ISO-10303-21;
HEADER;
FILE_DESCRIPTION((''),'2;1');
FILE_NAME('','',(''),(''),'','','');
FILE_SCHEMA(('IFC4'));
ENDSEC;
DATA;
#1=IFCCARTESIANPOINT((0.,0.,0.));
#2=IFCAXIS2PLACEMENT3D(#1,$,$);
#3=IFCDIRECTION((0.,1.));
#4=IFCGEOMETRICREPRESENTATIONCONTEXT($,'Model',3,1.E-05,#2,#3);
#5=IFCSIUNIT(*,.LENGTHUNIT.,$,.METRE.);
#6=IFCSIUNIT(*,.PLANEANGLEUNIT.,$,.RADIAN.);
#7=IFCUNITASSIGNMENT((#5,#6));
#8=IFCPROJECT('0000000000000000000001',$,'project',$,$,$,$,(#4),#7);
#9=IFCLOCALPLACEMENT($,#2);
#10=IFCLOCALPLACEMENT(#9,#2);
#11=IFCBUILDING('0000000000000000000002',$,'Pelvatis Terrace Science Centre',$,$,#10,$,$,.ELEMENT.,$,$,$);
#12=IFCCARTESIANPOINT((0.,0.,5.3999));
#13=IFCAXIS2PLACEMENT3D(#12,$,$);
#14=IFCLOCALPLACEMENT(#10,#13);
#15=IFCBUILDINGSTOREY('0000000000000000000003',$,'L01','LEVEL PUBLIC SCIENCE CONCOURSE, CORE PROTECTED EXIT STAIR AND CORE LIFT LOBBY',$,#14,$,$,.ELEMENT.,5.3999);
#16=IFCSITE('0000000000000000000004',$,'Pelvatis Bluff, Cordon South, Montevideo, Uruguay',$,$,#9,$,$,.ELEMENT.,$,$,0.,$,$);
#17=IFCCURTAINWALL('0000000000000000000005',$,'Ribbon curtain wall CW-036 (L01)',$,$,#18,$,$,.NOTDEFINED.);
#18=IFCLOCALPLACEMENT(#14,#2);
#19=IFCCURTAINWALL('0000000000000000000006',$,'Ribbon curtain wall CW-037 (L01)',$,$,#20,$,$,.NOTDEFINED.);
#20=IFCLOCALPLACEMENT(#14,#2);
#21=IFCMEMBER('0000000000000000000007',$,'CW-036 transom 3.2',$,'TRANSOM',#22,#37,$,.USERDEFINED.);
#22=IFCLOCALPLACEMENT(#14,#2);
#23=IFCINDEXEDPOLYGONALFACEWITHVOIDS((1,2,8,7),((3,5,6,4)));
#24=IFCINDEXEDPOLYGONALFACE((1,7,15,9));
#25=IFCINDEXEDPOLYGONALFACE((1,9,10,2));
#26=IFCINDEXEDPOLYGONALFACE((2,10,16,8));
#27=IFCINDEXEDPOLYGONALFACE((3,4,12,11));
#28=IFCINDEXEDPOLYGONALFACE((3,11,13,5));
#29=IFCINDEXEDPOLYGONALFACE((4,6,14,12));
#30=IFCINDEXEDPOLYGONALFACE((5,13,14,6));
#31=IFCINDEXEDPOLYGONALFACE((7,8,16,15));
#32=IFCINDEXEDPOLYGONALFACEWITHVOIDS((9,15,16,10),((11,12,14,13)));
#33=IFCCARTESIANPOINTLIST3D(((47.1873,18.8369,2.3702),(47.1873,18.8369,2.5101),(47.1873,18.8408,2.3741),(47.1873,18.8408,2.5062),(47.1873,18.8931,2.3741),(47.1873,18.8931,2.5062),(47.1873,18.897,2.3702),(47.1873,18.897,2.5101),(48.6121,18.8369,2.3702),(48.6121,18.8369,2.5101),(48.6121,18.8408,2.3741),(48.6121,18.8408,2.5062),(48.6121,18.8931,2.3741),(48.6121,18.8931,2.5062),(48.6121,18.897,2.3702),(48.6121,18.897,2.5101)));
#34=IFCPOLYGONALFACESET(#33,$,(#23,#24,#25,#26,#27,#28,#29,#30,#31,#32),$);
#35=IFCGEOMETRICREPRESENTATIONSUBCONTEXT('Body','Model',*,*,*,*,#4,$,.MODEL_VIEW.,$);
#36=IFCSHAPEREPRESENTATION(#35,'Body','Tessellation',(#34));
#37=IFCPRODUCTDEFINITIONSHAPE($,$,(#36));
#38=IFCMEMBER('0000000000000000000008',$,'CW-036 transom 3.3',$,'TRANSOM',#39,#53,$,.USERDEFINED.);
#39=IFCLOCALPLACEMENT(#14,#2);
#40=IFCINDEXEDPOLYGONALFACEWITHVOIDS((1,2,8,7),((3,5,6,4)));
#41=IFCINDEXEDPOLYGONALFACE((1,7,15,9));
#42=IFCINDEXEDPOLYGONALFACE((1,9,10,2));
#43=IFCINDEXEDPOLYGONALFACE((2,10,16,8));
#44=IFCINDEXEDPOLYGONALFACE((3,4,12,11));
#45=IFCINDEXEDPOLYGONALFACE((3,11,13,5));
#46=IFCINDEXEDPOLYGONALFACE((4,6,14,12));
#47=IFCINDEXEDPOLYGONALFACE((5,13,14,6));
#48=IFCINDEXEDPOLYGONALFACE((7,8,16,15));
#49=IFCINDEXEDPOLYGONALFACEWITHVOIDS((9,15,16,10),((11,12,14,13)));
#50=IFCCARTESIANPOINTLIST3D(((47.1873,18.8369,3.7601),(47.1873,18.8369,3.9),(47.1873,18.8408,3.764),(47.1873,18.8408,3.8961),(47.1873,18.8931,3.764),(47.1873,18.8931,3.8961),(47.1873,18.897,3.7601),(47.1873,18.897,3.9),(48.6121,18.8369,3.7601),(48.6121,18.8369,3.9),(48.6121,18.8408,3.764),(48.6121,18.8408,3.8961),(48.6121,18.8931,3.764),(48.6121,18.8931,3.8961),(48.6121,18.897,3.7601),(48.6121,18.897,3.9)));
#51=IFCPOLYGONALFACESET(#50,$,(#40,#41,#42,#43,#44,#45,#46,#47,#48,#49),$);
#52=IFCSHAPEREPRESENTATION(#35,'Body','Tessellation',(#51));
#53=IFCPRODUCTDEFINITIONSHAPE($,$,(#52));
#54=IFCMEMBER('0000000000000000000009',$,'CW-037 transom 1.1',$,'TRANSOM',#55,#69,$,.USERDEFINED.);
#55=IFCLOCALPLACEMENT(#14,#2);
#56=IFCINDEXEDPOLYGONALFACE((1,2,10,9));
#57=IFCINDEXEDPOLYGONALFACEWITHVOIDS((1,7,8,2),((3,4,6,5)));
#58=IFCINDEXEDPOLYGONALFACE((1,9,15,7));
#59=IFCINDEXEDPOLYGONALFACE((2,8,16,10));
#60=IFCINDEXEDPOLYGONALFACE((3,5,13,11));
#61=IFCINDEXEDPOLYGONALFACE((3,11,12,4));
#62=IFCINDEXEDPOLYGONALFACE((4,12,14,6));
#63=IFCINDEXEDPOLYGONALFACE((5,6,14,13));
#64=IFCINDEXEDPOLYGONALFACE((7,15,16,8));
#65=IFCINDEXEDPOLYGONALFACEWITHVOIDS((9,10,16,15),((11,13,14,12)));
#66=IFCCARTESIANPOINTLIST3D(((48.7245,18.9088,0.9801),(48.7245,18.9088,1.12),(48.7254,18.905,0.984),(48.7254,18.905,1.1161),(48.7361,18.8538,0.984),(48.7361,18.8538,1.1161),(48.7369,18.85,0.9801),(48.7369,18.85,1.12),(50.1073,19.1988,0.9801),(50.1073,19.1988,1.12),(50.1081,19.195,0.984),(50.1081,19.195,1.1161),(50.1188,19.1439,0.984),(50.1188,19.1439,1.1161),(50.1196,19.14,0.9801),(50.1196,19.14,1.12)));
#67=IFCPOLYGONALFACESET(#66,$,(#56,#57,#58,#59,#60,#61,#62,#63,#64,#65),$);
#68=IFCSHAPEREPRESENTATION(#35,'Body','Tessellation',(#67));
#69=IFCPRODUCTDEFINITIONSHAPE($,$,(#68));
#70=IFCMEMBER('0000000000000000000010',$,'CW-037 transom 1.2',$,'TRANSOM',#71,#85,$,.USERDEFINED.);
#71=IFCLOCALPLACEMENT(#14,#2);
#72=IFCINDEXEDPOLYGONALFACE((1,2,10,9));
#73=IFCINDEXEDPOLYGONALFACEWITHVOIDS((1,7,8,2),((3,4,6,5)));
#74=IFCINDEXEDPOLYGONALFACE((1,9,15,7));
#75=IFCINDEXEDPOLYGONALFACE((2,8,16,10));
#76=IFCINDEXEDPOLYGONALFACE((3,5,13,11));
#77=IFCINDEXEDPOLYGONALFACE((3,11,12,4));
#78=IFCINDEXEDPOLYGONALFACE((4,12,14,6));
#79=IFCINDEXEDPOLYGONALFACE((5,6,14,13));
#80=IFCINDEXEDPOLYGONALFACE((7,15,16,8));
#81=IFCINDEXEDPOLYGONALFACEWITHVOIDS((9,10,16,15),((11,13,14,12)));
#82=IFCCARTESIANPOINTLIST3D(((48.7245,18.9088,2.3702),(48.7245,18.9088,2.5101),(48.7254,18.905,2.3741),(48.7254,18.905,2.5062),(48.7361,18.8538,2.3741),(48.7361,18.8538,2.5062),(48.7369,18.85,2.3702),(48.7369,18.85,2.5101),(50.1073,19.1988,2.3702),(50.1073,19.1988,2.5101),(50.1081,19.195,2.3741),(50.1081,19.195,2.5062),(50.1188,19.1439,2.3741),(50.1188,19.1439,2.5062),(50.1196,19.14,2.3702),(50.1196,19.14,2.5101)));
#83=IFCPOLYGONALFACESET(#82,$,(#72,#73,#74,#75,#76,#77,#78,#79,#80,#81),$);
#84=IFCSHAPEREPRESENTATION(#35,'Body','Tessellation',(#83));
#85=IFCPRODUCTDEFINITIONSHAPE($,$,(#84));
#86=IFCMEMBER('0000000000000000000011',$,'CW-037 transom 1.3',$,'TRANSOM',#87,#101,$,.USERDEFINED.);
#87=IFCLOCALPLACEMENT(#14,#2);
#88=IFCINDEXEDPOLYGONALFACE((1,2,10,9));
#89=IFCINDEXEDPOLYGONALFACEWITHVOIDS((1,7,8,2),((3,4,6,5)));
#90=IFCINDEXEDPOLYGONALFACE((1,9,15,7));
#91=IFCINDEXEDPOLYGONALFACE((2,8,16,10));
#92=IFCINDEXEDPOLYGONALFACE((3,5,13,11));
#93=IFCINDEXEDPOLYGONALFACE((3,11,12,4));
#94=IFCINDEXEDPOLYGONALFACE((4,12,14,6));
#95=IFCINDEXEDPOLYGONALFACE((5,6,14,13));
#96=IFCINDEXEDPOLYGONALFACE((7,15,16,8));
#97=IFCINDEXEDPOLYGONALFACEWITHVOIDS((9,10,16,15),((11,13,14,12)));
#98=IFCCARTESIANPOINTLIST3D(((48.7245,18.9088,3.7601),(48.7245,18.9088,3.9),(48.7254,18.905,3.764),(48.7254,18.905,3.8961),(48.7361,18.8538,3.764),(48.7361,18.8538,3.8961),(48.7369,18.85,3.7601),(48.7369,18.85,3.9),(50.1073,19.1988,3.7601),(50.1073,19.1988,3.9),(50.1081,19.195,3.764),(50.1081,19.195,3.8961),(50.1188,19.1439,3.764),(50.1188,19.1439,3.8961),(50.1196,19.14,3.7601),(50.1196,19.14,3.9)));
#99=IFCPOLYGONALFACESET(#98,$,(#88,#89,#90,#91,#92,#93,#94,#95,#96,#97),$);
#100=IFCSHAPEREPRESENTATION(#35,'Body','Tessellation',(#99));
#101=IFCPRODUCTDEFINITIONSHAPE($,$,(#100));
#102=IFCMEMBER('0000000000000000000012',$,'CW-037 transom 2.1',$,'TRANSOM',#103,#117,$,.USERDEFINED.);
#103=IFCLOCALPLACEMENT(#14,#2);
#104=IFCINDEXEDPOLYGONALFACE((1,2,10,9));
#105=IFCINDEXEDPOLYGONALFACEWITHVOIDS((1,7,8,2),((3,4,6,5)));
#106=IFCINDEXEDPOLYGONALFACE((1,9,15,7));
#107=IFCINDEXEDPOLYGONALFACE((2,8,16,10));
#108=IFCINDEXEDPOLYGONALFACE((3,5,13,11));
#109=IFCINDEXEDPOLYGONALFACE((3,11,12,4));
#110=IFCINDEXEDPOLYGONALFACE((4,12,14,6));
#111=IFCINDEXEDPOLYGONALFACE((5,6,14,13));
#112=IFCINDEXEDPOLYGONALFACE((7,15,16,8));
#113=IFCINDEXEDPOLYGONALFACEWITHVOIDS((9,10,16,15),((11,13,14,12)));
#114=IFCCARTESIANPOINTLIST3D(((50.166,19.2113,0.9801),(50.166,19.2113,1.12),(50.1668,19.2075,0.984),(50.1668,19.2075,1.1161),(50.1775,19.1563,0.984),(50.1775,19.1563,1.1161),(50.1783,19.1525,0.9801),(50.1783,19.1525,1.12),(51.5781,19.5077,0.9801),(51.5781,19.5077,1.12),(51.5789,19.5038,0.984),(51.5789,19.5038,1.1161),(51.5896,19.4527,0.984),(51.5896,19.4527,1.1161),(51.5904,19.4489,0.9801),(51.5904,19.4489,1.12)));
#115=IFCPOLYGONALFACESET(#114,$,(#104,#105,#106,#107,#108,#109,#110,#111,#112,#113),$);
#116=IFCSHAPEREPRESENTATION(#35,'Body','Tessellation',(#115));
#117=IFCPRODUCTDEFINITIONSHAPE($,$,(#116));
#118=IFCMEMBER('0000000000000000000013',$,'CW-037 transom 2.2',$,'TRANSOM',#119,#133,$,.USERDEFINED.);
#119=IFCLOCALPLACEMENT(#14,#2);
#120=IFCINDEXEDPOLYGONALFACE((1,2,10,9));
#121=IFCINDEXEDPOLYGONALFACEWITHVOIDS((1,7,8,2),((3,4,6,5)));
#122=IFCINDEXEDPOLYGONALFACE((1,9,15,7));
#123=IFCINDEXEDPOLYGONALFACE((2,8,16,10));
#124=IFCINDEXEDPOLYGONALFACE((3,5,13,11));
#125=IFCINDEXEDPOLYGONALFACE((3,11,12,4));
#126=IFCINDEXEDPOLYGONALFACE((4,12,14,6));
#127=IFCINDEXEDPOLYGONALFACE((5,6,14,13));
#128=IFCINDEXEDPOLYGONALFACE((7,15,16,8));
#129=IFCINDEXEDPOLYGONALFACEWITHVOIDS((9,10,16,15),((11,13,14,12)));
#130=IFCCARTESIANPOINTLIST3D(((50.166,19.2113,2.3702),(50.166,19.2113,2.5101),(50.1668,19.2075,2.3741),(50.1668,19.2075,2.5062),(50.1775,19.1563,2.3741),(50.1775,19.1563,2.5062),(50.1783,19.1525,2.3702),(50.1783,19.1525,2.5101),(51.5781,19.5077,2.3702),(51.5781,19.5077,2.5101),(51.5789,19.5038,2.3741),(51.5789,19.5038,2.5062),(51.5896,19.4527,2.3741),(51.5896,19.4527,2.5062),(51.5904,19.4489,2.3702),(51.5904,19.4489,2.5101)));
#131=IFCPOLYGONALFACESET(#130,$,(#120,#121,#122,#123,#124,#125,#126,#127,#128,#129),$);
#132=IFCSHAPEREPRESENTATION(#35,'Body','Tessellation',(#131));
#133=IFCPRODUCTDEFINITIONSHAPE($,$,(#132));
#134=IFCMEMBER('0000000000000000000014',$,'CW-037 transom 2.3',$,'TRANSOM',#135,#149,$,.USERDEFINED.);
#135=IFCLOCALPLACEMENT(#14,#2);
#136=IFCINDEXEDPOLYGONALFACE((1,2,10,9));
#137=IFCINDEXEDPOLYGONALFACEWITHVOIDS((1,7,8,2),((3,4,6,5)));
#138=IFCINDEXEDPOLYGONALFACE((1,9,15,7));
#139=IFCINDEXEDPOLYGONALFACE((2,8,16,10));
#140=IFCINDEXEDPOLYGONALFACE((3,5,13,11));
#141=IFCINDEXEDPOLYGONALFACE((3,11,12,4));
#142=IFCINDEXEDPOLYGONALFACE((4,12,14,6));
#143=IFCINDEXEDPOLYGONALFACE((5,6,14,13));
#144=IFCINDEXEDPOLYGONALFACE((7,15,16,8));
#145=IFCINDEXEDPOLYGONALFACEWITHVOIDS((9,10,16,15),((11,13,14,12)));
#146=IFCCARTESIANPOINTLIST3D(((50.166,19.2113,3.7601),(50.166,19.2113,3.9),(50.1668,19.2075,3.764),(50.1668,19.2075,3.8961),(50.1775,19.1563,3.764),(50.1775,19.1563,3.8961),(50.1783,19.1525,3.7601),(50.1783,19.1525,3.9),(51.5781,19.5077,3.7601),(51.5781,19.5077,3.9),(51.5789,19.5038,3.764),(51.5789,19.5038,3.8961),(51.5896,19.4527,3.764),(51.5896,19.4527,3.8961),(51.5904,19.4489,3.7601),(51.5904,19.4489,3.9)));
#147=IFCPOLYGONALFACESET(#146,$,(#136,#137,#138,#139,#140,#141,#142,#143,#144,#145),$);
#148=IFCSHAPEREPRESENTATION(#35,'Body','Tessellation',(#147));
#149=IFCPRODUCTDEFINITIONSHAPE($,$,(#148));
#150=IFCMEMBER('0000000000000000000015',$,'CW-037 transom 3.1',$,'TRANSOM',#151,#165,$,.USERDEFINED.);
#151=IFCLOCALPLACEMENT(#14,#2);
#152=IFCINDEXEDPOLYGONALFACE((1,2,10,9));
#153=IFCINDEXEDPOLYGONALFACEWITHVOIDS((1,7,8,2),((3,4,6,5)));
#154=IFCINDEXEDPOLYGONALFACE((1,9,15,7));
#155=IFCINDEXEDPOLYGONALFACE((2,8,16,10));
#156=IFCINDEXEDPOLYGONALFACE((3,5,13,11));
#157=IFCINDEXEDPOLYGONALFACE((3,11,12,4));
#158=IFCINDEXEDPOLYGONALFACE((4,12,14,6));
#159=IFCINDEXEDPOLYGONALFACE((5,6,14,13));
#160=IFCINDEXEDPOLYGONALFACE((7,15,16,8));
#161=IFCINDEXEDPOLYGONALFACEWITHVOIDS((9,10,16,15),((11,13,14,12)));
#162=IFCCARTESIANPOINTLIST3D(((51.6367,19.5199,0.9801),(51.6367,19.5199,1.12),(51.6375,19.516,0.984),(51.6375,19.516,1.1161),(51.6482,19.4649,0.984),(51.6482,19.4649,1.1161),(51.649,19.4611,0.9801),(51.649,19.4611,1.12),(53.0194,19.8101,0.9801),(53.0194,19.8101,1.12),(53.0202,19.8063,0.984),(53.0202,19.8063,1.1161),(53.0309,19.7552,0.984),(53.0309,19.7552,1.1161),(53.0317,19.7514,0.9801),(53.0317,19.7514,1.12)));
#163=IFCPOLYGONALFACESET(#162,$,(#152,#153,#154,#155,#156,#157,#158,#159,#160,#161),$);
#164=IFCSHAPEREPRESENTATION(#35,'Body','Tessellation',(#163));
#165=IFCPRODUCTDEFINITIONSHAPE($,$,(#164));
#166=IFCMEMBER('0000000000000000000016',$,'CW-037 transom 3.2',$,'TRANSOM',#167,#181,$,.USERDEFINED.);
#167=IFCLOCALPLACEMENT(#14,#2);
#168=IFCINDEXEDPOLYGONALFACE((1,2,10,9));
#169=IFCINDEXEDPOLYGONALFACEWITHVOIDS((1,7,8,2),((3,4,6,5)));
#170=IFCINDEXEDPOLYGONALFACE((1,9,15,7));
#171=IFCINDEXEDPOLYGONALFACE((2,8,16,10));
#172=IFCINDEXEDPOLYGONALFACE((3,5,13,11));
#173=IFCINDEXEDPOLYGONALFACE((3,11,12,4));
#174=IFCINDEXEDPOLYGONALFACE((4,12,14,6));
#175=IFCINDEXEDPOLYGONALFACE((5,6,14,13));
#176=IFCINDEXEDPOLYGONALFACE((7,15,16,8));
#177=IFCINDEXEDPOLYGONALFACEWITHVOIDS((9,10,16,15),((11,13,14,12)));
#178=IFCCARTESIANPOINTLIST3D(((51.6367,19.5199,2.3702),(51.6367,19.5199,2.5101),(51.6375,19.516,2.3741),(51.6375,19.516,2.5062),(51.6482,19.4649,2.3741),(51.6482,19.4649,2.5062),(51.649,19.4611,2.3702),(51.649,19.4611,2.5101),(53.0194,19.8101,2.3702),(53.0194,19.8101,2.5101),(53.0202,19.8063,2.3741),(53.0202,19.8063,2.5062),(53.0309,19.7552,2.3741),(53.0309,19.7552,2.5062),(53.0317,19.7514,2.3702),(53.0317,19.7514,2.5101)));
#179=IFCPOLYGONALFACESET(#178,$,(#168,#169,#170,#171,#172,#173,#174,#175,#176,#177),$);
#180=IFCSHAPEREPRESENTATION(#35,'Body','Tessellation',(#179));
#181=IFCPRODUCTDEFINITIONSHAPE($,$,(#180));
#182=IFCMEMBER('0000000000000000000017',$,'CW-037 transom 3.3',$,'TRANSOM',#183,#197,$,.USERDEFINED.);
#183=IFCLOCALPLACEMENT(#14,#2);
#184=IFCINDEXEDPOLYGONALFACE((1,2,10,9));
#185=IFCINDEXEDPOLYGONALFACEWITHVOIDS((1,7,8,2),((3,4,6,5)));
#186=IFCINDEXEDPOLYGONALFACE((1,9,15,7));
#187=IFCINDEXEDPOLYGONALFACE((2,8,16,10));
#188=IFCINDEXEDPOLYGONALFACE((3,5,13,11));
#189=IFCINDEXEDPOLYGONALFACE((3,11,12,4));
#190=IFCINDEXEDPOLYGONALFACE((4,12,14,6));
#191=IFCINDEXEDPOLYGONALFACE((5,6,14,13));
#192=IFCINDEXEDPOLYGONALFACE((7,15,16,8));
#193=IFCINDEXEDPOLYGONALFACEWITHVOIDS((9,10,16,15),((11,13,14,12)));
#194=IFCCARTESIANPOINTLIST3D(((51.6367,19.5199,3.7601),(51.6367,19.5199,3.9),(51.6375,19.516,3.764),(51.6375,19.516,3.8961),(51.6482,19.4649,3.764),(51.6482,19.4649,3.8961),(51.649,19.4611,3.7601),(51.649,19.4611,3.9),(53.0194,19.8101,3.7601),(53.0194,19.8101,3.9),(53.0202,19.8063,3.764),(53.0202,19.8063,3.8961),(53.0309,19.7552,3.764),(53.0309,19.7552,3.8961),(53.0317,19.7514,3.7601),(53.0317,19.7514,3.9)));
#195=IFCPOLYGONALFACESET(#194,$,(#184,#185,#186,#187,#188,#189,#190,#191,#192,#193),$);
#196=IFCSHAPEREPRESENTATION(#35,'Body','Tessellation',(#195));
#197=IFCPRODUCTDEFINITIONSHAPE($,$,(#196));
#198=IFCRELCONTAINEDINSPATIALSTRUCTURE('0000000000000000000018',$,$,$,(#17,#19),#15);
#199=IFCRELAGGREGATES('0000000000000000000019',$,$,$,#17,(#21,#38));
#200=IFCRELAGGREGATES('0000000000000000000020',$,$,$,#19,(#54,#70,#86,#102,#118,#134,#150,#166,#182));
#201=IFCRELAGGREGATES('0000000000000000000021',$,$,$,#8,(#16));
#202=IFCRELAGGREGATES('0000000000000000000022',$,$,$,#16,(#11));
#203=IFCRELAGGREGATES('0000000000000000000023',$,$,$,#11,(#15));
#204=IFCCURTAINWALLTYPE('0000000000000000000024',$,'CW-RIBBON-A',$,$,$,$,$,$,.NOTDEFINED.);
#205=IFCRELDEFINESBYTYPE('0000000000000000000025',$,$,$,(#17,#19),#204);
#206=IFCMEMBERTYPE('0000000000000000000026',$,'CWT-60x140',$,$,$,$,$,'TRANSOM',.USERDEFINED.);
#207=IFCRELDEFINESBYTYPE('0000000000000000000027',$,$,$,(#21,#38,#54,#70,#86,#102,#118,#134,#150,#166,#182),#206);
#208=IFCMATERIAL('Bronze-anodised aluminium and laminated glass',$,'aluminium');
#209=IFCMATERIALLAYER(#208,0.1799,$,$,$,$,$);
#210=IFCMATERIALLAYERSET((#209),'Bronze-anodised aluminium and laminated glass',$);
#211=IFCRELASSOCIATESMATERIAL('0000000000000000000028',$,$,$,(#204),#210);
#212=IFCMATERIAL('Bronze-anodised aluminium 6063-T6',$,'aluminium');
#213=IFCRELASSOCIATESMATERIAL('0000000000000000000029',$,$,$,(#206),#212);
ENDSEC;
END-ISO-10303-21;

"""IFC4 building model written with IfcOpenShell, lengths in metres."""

from ifc_helpers import new_model, si_unit, direction, frame, origin, origin_2d, place, context, subcontext, project, spatial, hollow_rectangle, extrude, material, layer, layer_set, material_profile, profile_set, type_object, element, aggregate, save


model = new_model("IFC4")

# Units and contexts
model_context = context("Model", 3, precision=1e-05, world=origin(), true_north=direction((0.0, 1.0)))
body_context = subcontext(model_context, "Body", "Model", "MODEL_VIEW")
ifc_project = project(units=[si_unit("LENGTHUNIT", "METRE"), si_unit("PLANEANGLEUNIT", "RADIAN")], contexts=[model_context])

# Site, building, storey
site_placement = place(None, origin())
site = spatial("IfcSite", under=ifc_project, at=site_placement, Name="Pelvatis Bluff, Cordon South, Montevideo, Uruguay", CompositionType="ELEMENT", RefElevation=0.0)
building_placement = place(site_placement, origin())
building = spatial("IfcBuilding", under=site, at=building_placement, Name="Pelvatis Terrace Science Centre", CompositionType="ELEMENT")
storey_placement = place(building_placement, frame((0.0, 0.0, 5.3999)))
storey = spatial("IfcBuildingStorey", under=building, at=storey_placement, Name="L01", Description="LEVEL PUBLIC SCIENCE CONCOURSE, CORE PROTECTED EXIT STAIR AND CORE LIFT LOBBY", CompositionType="ELEMENT", Elevation=5.3999)

# Curtain walls
ifc_material_1 = material(Name="Bronze-anodised aluminium and laminated glass", Category="aluminium")
ifc_layer_1 = layer(ifc_material_1, 0.1799)
ifc_layer_set_1 = layer_set([ifc_layer_1], Name="Bronze-anodised aluminium and laminated glass")
curtain_wall_type = type_object("IfcCurtainWallType", Name="CW-RIBBON-A", PredefinedType="NOTDEFINED", material=ifc_layer_set_1)
curtain_wall_1_placement = place(storey_placement, origin())
curtain_wall_1 = element("IfcCurtainWall", 1, at=curtain_wall_1_placement, inside=storey, type_object=curtain_wall_type, Name="Ribbon curtain wall CW-036 (L01)", PredefinedType="NOTDEFINED")
curtain_wall_2_placement = place(storey_placement, origin())
curtain_wall_2 = element("IfcCurtainWall", 2, at=curtain_wall_2_placement, inside=storey, type_object=curtain_wall_type, Name="Ribbon curtain wall CW-037 (L01)", PredefinedType="NOTDEFINED")

# Members
ifc_material_2 = material(Name="Bronze-anodised aluminium 6063-T6", Category="aluminium")
ifc_material_profile_1 = material_profile(ifc_material_2, hollow_rectangle(XDim=0.0601, YDim=0.1399, WallThickness=0.0039, at=origin_2d()), Name="ALU-TRN 60x140")
ifc_profile_set_1 = profile_set([ifc_material_profile_1], Name="Bronze-anodised aluminium 6063-T6")
member_type_1 = type_object("IfcMemberType", Name="CWT-60x140", ElementType="TRANSOM", PredefinedType="USERDEFINED", material=ifc_profile_set_1)
member_1_placement = place(storey_placement, frame((47.1873, 18.8669, 2.4402), z_axis=(1.0, 0.0, 0.0), x_axis=(0.0, 1.0, 0.0)))
member_1 = element("IfcMember", 3, at=member_1_placement, type_object=member_type_1, Name="CW-036 transom 3.2", ObjectType="TRANSOM", PredefinedType="USERDEFINED", context=body_context, shape_type="SweptSolid", body=[
    extrude(hollow_rectangle(XDim=0.0601, YDim=0.1399, WallThickness=0.0039, at=origin_2d()), origin(), (0.0, 0.0, 1.0), 1.4248),
])
member_2_placement = place(storey_placement, frame((47.1873, 18.8669, 3.8301), z_axis=(1.0, 0.0, 0.0), x_axis=(0.0, 1.0, 0.0)))
member_2 = element("IfcMember", 4, at=member_2_placement, type_object=member_type_1, Name="CW-036 transom 3.3", ObjectType="TRANSOM", PredefinedType="USERDEFINED", context=body_context, shape_type="SweptSolid", body=[
    extrude(hollow_rectangle(XDim=0.0601, YDim=0.1399, WallThickness=0.0039, at=origin_2d()), origin(), (0.0, 0.0, 1.0), 1.4248),
])
member_3_placement = place(storey_placement, frame((48.7307, 18.8794, 1.05), z_axis=(0.978704, 0.205279, 0.0), x_axis=(-0.205279, 0.978704, 0.0)))
member_3 = element("IfcMember", 5, at=member_3_placement, type_object=member_type_1, Name="CW-037 transom 1.1", ObjectType="TRANSOM", PredefinedType="USERDEFINED", context=body_context, shape_type="SweptSolid", body=[
    extrude(hollow_rectangle(XDim=0.0601, YDim=0.1399, WallThickness=0.0039, at=origin_2d()), origin(), (0.0, 0.0, 1.0), 1.4128),
])
member_4_placement = place(storey_placement, frame((48.7307, 18.8794, 2.4402), z_axis=(0.978704, 0.205279, 0.0), x_axis=(-0.205279, 0.978704, 0.0)))
member_4 = element("IfcMember", 6, at=member_4_placement, type_object=member_type_1, Name="CW-037 transom 1.2", ObjectType="TRANSOM", PredefinedType="USERDEFINED", context=body_context, shape_type="SweptSolid", body=[
    extrude(hollow_rectangle(XDim=0.0601, YDim=0.1399, WallThickness=0.0039, at=origin_2d()), origin(), (0.0, 0.0, 1.0), 1.4128),
])
member_5_placement = place(storey_placement, frame((48.7307, 18.8794, 3.8301), z_axis=(0.978704, 0.205279, 0.0), x_axis=(-0.205279, 0.978704, 0.0)))
member_5 = element("IfcMember", 7, at=member_5_placement, type_object=member_type_1, Name="CW-037 transom 1.3", ObjectType="TRANSOM", PredefinedType="USERDEFINED", context=body_context, shape_type="SweptSolid", body=[
    extrude(hollow_rectangle(XDim=0.0601, YDim=0.1399, WallThickness=0.0039, at=origin_2d()), origin(), (0.0, 0.0, 1.0), 1.4128),
])
member_6_placement = place(storey_placement, frame((50.1721, 19.1819, 1.05), z_axis=(0.978675, 0.205414, 0.0), x_axis=(-0.205414, 0.978675, 0.0)))
member_6 = element("IfcMember", 8, at=member_6_placement, type_object=member_type_1, Name="CW-037 transom 2.1", ObjectType="TRANSOM", PredefinedType="USERDEFINED", context=body_context, shape_type="SweptSolid", body=[
    extrude(hollow_rectangle(XDim=0.0601, YDim=0.1399, WallThickness=0.0039, at=origin_2d()), origin(), (0.0, 0.0, 1.0), 1.4429),
])
member_7_placement = place(storey_placement, frame((50.1721, 19.1819, 2.4402), z_axis=(0.978675, 0.205414, 0.0), x_axis=(-0.205414, 0.978675, 0.0)))
member_7 = element("IfcMember", 9, at=member_7_placement, type_object=member_type_1, Name="CW-037 transom 2.2", ObjectType="TRANSOM", PredefinedType="USERDEFINED", context=body_context, shape_type="SweptSolid", body=[
    extrude(hollow_rectangle(XDim=0.0601, YDim=0.1399, WallThickness=0.0039, at=origin_2d()), origin(), (0.0, 0.0, 1.0), 1.4429),
])
member_8_placement = place(storey_placement, frame((50.1721, 19.1819, 3.8301), z_axis=(0.978675, 0.205414, 0.0), x_axis=(-0.205414, 0.978675, 0.0)))
member_8 = element("IfcMember", 10, at=member_8_placement, type_object=member_type_1, Name="CW-037 transom 2.3", ObjectType="TRANSOM", PredefinedType="USERDEFINED", context=body_context, shape_type="SweptSolid", body=[
    extrude(hollow_rectangle(XDim=0.0601, YDim=0.1399, WallThickness=0.0039, at=origin_2d()), origin(), (0.0, 0.0, 1.0), 1.4429),
])
member_9_placement = place(storey_placement, frame((51.6428, 19.4905, 1.05), z_axis=(0.978669, 0.205444, 0.0), x_axis=(-0.205444, 0.978669, 0.0)))
member_9 = element("IfcMember", 11, at=member_9_placement, type_object=member_type_1, Name="CW-037 transom 3.1", ObjectType="TRANSOM", PredefinedType="USERDEFINED", context=body_context, shape_type="SweptSolid", body=[
    extrude(hollow_rectangle(XDim=0.0601, YDim=0.1399, WallThickness=0.0039, at=origin_2d()), origin(), (0.0, 0.0, 1.0), 1.4128),
])
member_10_placement = place(storey_placement, frame((51.6428, 19.4905, 2.4402), z_axis=(0.978669, 0.205444, 0.0), x_axis=(-0.205444, 0.978669, 0.0)))
member_10 = element("IfcMember", 12, at=member_10_placement, type_object=member_type_1, Name="CW-037 transom 3.2", ObjectType="TRANSOM", PredefinedType="USERDEFINED", context=body_context, shape_type="SweptSolid", body=[
    extrude(hollow_rectangle(XDim=0.0601, YDim=0.1399, WallThickness=0.0039, at=origin_2d()), origin(), (0.0, 0.0, 1.0), 1.4128),
])
member_11_placement = place(storey_placement, frame((51.6428, 19.4905, 3.8301), z_axis=(0.978669, 0.205444, 0.0), x_axis=(-0.205444, 0.978669, 0.0)))
member_11 = element("IfcMember", 13, at=member_11_placement, type_object=member_type_1, Name="CW-037 transom 3.3", ObjectType="TRANSOM", PredefinedType="USERDEFINED", context=body_context, shape_type="SweptSolid", body=[
    extrude(hollow_rectangle(XDim=0.0601, YDim=0.1399, WallThickness=0.0039, at=origin_2d()), origin(), (0.0, 0.0, 1.0), 1.4128),
])

aggregate(curtain_wall_1, [member_1, member_2])
aggregate(curtain_wall_2, [member_3, member_4, member_5, member_6, member_7, member_8, member_9, member_10, member_11])

save(model, "model.ifc")
